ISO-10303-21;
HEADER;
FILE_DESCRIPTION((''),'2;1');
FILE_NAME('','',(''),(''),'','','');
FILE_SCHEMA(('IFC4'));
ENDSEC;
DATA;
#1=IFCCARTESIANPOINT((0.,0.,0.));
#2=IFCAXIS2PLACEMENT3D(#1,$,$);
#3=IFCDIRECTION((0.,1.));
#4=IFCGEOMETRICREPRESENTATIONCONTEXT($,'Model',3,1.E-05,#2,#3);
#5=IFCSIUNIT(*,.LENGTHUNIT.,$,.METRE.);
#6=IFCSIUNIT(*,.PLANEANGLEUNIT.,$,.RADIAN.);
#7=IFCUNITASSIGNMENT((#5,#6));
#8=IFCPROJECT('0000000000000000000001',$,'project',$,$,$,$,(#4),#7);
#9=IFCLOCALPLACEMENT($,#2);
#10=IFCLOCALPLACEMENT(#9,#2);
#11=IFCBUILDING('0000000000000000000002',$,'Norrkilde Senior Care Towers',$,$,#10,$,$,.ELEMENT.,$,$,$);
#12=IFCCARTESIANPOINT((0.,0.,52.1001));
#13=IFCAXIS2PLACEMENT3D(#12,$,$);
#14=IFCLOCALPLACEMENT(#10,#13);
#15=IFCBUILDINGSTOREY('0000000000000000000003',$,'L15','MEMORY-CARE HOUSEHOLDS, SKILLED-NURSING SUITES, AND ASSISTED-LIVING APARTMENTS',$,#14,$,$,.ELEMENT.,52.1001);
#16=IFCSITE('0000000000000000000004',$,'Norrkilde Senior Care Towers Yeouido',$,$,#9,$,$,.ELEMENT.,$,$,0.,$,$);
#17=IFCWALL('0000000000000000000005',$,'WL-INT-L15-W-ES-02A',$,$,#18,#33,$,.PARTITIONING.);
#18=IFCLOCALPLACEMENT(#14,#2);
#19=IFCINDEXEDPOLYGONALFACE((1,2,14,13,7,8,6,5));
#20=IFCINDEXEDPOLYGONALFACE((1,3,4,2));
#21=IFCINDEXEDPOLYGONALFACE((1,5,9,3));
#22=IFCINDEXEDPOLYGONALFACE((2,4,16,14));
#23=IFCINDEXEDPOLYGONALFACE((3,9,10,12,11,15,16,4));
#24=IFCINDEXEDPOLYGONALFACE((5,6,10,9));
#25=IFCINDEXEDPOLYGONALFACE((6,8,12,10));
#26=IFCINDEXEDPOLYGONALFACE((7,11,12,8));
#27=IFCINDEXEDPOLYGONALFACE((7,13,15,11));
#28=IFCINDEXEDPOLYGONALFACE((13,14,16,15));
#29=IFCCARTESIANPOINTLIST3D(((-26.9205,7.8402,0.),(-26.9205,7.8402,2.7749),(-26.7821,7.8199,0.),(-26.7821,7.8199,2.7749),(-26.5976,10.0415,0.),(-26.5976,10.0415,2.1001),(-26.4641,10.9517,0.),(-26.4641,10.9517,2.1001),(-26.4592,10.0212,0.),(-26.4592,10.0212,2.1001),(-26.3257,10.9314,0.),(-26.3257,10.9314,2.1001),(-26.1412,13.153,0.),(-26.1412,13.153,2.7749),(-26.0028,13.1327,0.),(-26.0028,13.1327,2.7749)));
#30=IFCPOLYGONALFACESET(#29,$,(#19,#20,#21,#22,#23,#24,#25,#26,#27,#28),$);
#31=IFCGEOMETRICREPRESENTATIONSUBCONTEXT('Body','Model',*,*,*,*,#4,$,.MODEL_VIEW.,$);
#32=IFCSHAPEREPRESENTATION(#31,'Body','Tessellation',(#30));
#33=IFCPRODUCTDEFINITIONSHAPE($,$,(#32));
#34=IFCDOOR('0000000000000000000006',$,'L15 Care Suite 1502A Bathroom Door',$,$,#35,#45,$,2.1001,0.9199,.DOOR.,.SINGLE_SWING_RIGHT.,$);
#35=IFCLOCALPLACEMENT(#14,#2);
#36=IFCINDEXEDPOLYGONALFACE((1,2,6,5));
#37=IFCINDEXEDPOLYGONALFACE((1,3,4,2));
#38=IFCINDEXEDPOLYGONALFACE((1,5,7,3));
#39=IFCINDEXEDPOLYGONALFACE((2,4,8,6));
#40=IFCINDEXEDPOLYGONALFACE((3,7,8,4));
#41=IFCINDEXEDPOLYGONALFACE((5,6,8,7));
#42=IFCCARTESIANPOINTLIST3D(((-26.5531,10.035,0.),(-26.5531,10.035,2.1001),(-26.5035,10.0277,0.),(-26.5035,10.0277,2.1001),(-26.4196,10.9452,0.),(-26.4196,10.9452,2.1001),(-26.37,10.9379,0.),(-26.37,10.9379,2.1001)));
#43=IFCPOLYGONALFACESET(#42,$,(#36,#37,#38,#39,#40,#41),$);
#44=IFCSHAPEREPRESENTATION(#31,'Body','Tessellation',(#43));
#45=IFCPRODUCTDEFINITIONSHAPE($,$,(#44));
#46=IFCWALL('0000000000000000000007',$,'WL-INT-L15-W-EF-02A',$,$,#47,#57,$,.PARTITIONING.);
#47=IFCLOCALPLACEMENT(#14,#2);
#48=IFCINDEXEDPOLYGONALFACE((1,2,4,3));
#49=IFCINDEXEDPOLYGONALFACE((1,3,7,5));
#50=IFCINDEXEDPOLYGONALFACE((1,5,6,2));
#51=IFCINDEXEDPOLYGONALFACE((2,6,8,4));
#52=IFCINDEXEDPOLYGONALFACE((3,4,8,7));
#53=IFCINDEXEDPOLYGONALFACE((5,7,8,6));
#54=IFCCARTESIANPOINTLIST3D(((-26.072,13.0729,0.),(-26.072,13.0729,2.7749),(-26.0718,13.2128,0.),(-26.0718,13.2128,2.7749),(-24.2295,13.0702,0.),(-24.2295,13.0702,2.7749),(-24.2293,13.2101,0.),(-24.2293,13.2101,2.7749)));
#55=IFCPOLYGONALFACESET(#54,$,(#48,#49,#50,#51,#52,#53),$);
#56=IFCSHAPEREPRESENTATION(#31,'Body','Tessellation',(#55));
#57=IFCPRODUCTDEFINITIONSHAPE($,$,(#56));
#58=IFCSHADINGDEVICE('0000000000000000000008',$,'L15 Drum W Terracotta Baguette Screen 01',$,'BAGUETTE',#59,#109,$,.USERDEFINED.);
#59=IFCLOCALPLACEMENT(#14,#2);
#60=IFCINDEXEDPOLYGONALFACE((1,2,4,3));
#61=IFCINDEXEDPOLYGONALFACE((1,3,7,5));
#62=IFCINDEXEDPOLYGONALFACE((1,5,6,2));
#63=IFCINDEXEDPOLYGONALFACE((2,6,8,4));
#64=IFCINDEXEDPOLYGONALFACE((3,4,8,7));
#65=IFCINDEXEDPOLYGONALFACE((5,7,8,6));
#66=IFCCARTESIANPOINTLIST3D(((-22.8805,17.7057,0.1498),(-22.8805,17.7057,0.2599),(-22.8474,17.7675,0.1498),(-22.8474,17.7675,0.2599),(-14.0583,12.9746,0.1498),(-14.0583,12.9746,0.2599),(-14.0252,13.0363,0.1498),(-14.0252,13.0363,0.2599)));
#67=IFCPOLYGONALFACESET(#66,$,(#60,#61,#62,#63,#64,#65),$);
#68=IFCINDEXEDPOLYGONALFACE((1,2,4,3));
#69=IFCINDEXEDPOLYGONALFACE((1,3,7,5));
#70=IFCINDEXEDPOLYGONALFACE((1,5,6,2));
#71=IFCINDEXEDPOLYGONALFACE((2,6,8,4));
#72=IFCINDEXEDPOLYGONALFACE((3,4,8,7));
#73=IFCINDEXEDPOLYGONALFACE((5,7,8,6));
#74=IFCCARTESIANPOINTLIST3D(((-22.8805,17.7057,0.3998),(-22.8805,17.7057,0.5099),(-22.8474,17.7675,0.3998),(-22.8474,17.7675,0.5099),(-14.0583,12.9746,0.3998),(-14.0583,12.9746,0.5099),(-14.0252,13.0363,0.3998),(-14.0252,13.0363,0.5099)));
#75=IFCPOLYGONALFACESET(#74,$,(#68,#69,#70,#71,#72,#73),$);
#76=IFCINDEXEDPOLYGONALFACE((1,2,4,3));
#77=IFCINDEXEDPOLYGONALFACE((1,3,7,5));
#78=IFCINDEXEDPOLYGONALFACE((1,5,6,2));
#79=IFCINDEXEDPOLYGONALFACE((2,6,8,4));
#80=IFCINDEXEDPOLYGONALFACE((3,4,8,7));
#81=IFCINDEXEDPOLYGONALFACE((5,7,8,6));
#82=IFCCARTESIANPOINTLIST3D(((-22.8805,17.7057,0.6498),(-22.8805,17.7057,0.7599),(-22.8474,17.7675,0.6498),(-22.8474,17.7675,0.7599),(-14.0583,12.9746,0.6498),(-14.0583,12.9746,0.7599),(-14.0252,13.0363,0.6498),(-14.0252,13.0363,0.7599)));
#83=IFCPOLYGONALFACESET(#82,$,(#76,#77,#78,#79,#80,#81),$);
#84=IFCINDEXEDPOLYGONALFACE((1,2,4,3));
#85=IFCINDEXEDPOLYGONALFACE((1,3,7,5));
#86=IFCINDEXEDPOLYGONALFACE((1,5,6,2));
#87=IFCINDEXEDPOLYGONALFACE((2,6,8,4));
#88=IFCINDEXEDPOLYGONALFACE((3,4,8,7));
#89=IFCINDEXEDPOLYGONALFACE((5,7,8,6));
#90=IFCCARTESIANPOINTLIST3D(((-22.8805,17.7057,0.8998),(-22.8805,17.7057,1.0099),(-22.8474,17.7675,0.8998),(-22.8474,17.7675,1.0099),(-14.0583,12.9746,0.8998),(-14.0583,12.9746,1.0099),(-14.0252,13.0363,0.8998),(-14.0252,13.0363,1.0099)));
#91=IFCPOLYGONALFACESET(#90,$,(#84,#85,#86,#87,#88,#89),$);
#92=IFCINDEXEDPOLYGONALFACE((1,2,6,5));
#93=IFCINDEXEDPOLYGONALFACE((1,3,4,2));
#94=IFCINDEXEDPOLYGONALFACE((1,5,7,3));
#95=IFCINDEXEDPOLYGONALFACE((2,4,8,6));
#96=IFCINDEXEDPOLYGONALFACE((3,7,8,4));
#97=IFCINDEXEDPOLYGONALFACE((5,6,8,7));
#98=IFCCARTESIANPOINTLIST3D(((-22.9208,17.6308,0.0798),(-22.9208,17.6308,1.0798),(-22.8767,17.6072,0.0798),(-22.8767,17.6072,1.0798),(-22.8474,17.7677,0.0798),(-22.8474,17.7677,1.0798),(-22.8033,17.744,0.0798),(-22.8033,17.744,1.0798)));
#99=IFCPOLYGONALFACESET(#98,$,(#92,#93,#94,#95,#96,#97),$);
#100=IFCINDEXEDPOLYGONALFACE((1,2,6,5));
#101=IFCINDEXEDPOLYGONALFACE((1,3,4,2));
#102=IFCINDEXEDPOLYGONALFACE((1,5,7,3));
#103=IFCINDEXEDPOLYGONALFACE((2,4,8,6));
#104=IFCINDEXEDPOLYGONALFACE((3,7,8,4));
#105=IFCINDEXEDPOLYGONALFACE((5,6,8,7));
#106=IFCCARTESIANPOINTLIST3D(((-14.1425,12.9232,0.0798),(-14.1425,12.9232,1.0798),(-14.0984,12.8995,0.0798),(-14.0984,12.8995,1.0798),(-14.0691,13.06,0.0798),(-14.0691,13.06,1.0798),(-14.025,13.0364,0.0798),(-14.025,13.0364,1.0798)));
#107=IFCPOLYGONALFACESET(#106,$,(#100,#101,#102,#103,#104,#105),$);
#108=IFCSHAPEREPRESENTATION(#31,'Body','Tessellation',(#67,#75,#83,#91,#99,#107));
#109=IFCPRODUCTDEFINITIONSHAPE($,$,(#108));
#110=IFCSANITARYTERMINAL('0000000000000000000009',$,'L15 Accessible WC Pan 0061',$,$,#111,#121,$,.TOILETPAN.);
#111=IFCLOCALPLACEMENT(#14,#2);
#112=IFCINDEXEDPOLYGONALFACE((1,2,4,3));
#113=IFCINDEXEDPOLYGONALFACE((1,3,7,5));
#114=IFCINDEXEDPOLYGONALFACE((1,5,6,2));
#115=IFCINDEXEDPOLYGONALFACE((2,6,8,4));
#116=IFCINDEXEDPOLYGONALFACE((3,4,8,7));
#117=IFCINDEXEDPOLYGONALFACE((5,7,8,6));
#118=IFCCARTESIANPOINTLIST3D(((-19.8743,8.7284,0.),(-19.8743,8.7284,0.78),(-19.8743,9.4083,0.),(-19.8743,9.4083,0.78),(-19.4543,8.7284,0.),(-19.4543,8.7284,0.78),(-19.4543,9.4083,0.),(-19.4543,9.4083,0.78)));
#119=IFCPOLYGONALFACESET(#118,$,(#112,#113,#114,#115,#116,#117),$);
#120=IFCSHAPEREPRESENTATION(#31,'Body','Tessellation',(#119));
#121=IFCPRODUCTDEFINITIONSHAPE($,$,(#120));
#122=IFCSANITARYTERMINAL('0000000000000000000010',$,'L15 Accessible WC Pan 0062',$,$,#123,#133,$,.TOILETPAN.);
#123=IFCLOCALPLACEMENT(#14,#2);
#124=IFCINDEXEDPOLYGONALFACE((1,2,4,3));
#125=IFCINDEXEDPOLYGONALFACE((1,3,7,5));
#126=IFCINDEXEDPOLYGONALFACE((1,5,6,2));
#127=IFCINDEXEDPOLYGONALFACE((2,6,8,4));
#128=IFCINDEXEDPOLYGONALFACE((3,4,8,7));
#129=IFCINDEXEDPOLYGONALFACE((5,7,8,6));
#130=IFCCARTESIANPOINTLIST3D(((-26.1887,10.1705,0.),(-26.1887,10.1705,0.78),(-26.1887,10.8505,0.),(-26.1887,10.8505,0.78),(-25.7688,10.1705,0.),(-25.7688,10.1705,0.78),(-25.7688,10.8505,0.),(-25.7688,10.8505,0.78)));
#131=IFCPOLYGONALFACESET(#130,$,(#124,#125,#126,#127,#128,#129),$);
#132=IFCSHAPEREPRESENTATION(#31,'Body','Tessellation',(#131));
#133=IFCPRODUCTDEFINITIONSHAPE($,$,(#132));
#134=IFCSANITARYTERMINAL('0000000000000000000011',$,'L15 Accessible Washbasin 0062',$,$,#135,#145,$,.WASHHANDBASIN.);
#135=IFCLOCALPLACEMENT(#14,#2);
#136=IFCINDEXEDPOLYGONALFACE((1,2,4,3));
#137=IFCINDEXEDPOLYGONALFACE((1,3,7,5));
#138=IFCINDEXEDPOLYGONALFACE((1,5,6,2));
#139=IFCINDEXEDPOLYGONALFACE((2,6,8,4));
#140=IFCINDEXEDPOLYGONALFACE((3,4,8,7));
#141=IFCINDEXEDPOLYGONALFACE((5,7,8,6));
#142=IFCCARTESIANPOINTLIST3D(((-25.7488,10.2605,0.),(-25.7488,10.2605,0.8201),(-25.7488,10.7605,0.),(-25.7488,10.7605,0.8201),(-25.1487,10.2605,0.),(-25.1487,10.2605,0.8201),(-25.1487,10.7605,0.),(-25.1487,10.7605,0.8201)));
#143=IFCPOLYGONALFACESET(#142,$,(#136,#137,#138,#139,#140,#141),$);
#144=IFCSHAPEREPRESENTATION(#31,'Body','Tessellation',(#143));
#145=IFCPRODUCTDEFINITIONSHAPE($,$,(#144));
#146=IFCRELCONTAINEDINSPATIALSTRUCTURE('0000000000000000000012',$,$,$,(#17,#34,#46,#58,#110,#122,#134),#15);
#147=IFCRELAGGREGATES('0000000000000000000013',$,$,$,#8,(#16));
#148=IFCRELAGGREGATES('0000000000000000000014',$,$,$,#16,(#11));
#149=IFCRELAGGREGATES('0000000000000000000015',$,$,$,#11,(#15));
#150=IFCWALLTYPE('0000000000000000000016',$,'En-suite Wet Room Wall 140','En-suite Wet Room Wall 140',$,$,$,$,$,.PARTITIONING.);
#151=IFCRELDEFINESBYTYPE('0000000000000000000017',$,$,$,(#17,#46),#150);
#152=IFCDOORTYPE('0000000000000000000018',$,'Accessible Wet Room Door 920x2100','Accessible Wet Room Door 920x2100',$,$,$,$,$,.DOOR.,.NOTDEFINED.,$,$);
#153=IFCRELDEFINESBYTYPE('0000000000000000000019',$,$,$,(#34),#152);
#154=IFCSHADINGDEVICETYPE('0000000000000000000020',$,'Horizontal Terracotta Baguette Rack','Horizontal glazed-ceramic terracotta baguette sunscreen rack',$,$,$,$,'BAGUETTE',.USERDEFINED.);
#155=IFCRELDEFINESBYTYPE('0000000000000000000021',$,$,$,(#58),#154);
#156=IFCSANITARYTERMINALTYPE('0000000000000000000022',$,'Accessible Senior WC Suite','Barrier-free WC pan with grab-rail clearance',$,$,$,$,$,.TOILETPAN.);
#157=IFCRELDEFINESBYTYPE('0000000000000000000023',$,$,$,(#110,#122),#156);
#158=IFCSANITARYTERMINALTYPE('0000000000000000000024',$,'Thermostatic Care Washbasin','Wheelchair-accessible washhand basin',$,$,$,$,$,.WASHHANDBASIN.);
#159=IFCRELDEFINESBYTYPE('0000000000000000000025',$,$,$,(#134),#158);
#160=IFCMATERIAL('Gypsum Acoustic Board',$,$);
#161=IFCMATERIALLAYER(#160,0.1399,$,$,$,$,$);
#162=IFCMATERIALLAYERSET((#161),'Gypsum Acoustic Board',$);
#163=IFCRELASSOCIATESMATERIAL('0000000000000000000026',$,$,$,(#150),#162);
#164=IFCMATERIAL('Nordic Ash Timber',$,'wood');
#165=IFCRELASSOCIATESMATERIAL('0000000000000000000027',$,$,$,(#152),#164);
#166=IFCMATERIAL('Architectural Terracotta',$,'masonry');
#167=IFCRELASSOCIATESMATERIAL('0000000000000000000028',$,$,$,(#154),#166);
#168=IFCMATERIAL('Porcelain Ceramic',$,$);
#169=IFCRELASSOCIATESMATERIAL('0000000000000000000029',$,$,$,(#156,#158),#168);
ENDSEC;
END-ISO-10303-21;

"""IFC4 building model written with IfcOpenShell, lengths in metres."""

from ifc_helpers import new_model, si_unit, direction, frame, frame_2d, origin, origin_2d, place, context, subcontext, project, spatial, rectangle, extrude, source, transform, mapped, material, layer, layer_set, type_object, type_shapes, element, fill, save


model = new_model("IFC4")

# Units and contexts
model_context = context("Model", 3, precision=1e-05, world=origin(), true_north=direction((0.0, 1.0)))
body_context = subcontext(model_context, "Body", "Model", "MODEL_VIEW")
ifc_project = project(units=[si_unit("LENGTHUNIT", "METRE"), si_unit("PLANEANGLEUNIT", "RADIAN")], contexts=[model_context])

# Site, building, storey
site_placement = place(None, origin())
site = spatial("IfcSite", under=ifc_project, at=site_placement, Name="Norrkilde Senior Care Towers Yeouido", CompositionType="ELEMENT", RefElevation=0.0)
building_placement = place(site_placement, origin())
building = spatial("IfcBuilding", under=site, at=building_placement, Name="Norrkilde Senior Care Towers", CompositionType="ELEMENT")
storey_placement = place(building_placement, frame((0.0, 0.0, 52.1001)))
storey = spatial("IfcBuildingStorey", under=building, at=storey_placement, Name="L15", Description="MEMORY-CARE HOUSEHOLDS, SKILLED-NURSING SUITES, AND ASSISTED-LIVING APARTMENTS", CompositionType="ELEMENT", Elevation=52.1001)

# Shared definitions
ifc_material_1 = material(Name="Gypsum Acoustic Board")

# Wall, opening, door
ifc_layer_1 = layer(ifc_material_1, 0.1399)
ifc_layer_set_1 = layer_set([ifc_layer_1], Name="Gypsum Acoustic Board")
wall_type_1 = type_object("IfcWallType", Name="En-suite Wet Room Wall 140", Description="En-suite Wet Room Wall 140", PredefinedType="PARTITIONING", material=ifc_layer_set_1)
ifc_material_2 = material(Name="Nordic Ash Timber", Category="wood")
door_type_1 = type_object("IfcDoorType", Name="Accessible Wet Room Door 920x2100", Description="Accessible Wet Room Door 920x2100", OperationType="NOTDEFINED", PredefinedType="DOOR", material=ifc_material_2)
shared_shape_1 = source(origin(), body_context, "Body", "SweptSolid", [
    extrude(rectangle(XDim=0.9199, YDim=2.1001, at=frame_2d((0.46, 1.05))), frame((0.0, 0.0249, 0.0), z_axis=(0.0, -1.0, 0.0), x_axis=(1.0, 0.0, 0.0)), (0.0, 0.0, 1.0), 0.05),
])
type_shapes(door_type_1, [shared_shape_1])
shared_shape_2 = source(origin(), body_context, "Body", "SweptSolid", [
    extrude(rectangle(XDim=5.3696, YDim=0.1399, at=frame_2d((2.6848, 0.0))), origin(), (0.0, 0.0, 1.0), 2.7749),
])
wall_1_placement = place(storey_placement, frame((-26.8513, 7.8301, 0.0), z_axis=(0.0, 0.0, 1.0), x_axis=(0.145131, 0.989412, 0.0)))
wall_1 = element("IfcWall", 1, at=wall_1_placement, inside=storey, type_object=wall_type_1, Name="WL-INT-L15-W-ES-02A", PredefinedType="PARTITIONING", context=body_context, shape_type="MappedRepresentation", body=[
    mapped(shared_shape_2, transform((0.0, 0.0, 0.0), x_axis=(1.0, 0.0, 0.0), y_axis=(0.0, 1.0, 0.0), z_axis=(0.0, 0.0, 1.0), scale=1.0)),
])
opening_1_placement = place(wall_1_placement, frame((2.2249, 0.0, 0.0)))
opening_1 = element("IfcOpeningElement", 2, at=opening_1_placement, cuts=wall_1, PredefinedType="OPENING", context=body_context, shape_type="SweptSolid", body=[
    extrude(rectangle(XDim=0.9199, YDim=2.1001, at=frame_2d((0.46, 1.05))), frame((0.0, 0.0798, 0.0), z_axis=(0.0, -1.0, 0.0), x_axis=(1.0, 0.0, 0.0)), (0.0, 0.0, 1.0), 0.1599),
])
door_1_placement = place(opening_1_placement, origin())
door_1 = element("IfcDoor", 3, at=door_1_placement, inside=storey, type_object=door_type_1, Name="L15 Care Suite 1502A Bathroom Door", OperationType="SINGLE_SWING_RIGHT", OverallHeight=2.1001, OverallWidth=0.9199, PredefinedType="DOOR", context=body_context, shape_type="MappedRepresentation", body=[
    mapped(shared_shape_1, transform((0.0, 0.0, 0.0), x_axis=(1.0, 0.0, 0.0), y_axis=(0.0, 1.0, 0.0), z_axis=(0.0, 0.0, 1.0), scale=1.0)),
])
fill(opening_1, door_1)

# Wall
shared_shape_3 = source(origin(), body_context, "Body", "SweptSolid", [
    extrude(rectangle(XDim=1.8425, YDim=0.1399, at=frame_2d((0.9214, 0.0))), origin(), (0.0, 0.0, 1.0), 2.7749),
])
wall_2_placement = place(storey_placement, frame((-26.072, 13.1428, 0.0), z_axis=(0.0, 0.0, 1.0), x_axis=(0.999999, -0.001458, 0.0)))
element("IfcWall", 4, at=wall_2_placement, inside=storey, type_object=wall_type_1, Name="WL-INT-L15-W-EF-02A", PredefinedType="PARTITIONING", context=body_context, shape_type="MappedRepresentation", body=[
    mapped(shared_shape_3, transform((0.0, 0.0, 0.0), x_axis=(1.0, 0.0, 0.0), y_axis=(0.0, 1.0, 0.0), z_axis=(0.0, 0.0, 1.0), scale=1.0)),
])

# Shading device
ifc_material_3 = material(Name="Architectural Terracotta", Category="masonry")
shading_device_type = type_object("IfcShadingDeviceType", Name="Horizontal Terracotta Baguette Rack", Description="Horizontal glazed-ceramic terracotta baguette sunscreen rack", ElementType="BAGUETTE", PredefinedType="USERDEFINED", material=ifc_material_3)
shared_shape_4 = source(origin(), body_context, "Body", "SweptSolid", [
    extrude(rectangle(XDim=0.0701, YDim=0.1101, at=origin_2d()), frame((0.0, 0.0901, 0.125), z_axis=(1.0, 0.0, 0.0), x_axis=(0.0, 1.0, 0.0)), (0.0, 0.0, 1.0), 10.0107),
    extrude(rectangle(XDim=0.0701, YDim=0.1101, at=origin_2d()), frame((0.0, 0.0901, 0.375), z_axis=(1.0, 0.0, 0.0), x_axis=(0.0, 1.0, 0.0)), (0.0, 0.0, 1.0), 10.0107),
    extrude(rectangle(XDim=0.0701, YDim=0.1101, at=origin_2d()), frame((0.0, 0.0901, 0.625), z_axis=(1.0, 0.0, 0.0), x_axis=(0.0, 1.0, 0.0)), (0.0, 0.0, 1.0), 10.0107),
    extrude(rectangle(XDim=0.0701, YDim=0.1101, at=origin_2d()), frame((0.0, 0.0901, 0.875), z_axis=(1.0, 0.0, 0.0), x_axis=(0.0, 1.0, 0.0)), (0.0, 0.0, 1.0), 10.0107),
    extrude(rectangle(XDim=0.05, YDim=0.1553, at=origin_2d()), frame((0.0249, 0.0476, 0.0)), (0.0, 0.0, 1.0), 1.0),
    extrude(rectangle(XDim=0.05, YDim=0.1553, at=origin_2d()), frame((9.9858, 0.0476, 0.0)), (0.0, 0.0, 1.0), 1.0),
])
type_shapes(shading_device_type, [shared_shape_4])
shading_device_placement = place(storey_placement, frame((-22.9065, 17.6572, 0.0798), z_axis=(0.0, 0.0, 1.0), x_axis=(0.88128, -0.472612, 0.0)))
element("IfcShadingDevice", 5, at=shading_device_placement, inside=storey, type_object=shading_device_type, Name="L15 Drum W Terracotta Baguette Screen 01", ObjectType="BAGUETTE", PredefinedType="USERDEFINED", context=body_context, shape_type="MappedRepresentation", body=[
    mapped(shared_shape_4, transform((0.0, 0.0, 0.0), x_axis=(1.0, 0.0, 0.0), y_axis=(0.0, 1.0, 0.0), z_axis=(0.0, 0.0, 1.0), scale=1.0)),
])

# Sanitary terminals
ifc_material_4 = material(Name="Porcelain Ceramic")
sanitary_terminal_type_1 = type_object("IfcSanitaryTerminalType", Name="Accessible Senior WC Suite", Description="Barrier-free WC pan with grab-rail clearance", PredefinedType="TOILETPAN", material=ifc_material_4)
shared_shape_5 = source(origin(), body_context, "Body", "SweptSolid", [
    extrude(rectangle(XDim=0.4199, YDim=0.6799, at=origin_2d()), origin(), (0.0, 0.0, 1.0), 0.78),
])
type_shapes(sanitary_terminal_type_1, [shared_shape_5])
for number, where, z_axis, x_axis, name in (
    (6, (-19.6643, 9.0684, 0.0), (0.0, 0.0, 1.0), (1.0, 0.0, 0.0), "L15 Accessible WC Pan 0061"),
    (7, (-25.9788, 10.5105, 0.0), (0.0, 0.0, 1.0), (1.0, 0.0, 0.0), "L15 Accessible WC Pan 0062"),
):
    element("IfcSanitaryTerminal", number, at=place(storey_placement, frame(where, z_axis=z_axis, x_axis=x_axis)), inside=storey, type_object=sanitary_terminal_type_1, Name=name, PredefinedType="TOILETPAN", context=body_context, shape_type="MappedRepresentation", body=[
        mapped(shared_shape_5, transform((0.0, 0.0, 0.0), x_axis=(1.0, 0.0, 0.0), y_axis=(0.0, 1.0, 0.0), z_axis=(0.0, 0.0, 1.0), scale=1.0)),
    ])
sanitary_terminal_type_2 = type_object("IfcSanitaryTerminalType", Name="Thermostatic Care Washbasin", Description="Wheelchair-accessible washhand basin", PredefinedType="WASHHANDBASIN", material=ifc_material_4)
shared_shape_6 = source(origin(), body_context, "Body", "SweptSolid", [
    extrude(rectangle(XDim=0.6001, YDim=0.5, at=origin_2d()), origin(), (0.0, 0.0, 1.0), 0.8201),
])
type_shapes(sanitary_terminal_type_2, [shared_shape_6])
sanitary_terminal_placement = place(storey_placement, frame((-25.4487, 10.5105, 0.0), z_axis=(0.0, 0.0, 1.0), x_axis=(1.0, 0.0, 0.0)))
element("IfcSanitaryTerminal", 8, at=sanitary_terminal_placement, inside=storey, type_object=sanitary_terminal_type_2, Name="L15 Accessible Washbasin 0062", PredefinedType="WASHHANDBASIN", context=body_context, shape_type="MappedRepresentation", body=[
    mapped(shared_shape_6, transform((0.0, 0.0, 0.0), x_axis=(1.0, 0.0, 0.0), y_axis=(0.0, 1.0, 0.0), z_axis=(0.0, 0.0, 1.0), scale=1.0)),
])

save(model, "model.ifc")
